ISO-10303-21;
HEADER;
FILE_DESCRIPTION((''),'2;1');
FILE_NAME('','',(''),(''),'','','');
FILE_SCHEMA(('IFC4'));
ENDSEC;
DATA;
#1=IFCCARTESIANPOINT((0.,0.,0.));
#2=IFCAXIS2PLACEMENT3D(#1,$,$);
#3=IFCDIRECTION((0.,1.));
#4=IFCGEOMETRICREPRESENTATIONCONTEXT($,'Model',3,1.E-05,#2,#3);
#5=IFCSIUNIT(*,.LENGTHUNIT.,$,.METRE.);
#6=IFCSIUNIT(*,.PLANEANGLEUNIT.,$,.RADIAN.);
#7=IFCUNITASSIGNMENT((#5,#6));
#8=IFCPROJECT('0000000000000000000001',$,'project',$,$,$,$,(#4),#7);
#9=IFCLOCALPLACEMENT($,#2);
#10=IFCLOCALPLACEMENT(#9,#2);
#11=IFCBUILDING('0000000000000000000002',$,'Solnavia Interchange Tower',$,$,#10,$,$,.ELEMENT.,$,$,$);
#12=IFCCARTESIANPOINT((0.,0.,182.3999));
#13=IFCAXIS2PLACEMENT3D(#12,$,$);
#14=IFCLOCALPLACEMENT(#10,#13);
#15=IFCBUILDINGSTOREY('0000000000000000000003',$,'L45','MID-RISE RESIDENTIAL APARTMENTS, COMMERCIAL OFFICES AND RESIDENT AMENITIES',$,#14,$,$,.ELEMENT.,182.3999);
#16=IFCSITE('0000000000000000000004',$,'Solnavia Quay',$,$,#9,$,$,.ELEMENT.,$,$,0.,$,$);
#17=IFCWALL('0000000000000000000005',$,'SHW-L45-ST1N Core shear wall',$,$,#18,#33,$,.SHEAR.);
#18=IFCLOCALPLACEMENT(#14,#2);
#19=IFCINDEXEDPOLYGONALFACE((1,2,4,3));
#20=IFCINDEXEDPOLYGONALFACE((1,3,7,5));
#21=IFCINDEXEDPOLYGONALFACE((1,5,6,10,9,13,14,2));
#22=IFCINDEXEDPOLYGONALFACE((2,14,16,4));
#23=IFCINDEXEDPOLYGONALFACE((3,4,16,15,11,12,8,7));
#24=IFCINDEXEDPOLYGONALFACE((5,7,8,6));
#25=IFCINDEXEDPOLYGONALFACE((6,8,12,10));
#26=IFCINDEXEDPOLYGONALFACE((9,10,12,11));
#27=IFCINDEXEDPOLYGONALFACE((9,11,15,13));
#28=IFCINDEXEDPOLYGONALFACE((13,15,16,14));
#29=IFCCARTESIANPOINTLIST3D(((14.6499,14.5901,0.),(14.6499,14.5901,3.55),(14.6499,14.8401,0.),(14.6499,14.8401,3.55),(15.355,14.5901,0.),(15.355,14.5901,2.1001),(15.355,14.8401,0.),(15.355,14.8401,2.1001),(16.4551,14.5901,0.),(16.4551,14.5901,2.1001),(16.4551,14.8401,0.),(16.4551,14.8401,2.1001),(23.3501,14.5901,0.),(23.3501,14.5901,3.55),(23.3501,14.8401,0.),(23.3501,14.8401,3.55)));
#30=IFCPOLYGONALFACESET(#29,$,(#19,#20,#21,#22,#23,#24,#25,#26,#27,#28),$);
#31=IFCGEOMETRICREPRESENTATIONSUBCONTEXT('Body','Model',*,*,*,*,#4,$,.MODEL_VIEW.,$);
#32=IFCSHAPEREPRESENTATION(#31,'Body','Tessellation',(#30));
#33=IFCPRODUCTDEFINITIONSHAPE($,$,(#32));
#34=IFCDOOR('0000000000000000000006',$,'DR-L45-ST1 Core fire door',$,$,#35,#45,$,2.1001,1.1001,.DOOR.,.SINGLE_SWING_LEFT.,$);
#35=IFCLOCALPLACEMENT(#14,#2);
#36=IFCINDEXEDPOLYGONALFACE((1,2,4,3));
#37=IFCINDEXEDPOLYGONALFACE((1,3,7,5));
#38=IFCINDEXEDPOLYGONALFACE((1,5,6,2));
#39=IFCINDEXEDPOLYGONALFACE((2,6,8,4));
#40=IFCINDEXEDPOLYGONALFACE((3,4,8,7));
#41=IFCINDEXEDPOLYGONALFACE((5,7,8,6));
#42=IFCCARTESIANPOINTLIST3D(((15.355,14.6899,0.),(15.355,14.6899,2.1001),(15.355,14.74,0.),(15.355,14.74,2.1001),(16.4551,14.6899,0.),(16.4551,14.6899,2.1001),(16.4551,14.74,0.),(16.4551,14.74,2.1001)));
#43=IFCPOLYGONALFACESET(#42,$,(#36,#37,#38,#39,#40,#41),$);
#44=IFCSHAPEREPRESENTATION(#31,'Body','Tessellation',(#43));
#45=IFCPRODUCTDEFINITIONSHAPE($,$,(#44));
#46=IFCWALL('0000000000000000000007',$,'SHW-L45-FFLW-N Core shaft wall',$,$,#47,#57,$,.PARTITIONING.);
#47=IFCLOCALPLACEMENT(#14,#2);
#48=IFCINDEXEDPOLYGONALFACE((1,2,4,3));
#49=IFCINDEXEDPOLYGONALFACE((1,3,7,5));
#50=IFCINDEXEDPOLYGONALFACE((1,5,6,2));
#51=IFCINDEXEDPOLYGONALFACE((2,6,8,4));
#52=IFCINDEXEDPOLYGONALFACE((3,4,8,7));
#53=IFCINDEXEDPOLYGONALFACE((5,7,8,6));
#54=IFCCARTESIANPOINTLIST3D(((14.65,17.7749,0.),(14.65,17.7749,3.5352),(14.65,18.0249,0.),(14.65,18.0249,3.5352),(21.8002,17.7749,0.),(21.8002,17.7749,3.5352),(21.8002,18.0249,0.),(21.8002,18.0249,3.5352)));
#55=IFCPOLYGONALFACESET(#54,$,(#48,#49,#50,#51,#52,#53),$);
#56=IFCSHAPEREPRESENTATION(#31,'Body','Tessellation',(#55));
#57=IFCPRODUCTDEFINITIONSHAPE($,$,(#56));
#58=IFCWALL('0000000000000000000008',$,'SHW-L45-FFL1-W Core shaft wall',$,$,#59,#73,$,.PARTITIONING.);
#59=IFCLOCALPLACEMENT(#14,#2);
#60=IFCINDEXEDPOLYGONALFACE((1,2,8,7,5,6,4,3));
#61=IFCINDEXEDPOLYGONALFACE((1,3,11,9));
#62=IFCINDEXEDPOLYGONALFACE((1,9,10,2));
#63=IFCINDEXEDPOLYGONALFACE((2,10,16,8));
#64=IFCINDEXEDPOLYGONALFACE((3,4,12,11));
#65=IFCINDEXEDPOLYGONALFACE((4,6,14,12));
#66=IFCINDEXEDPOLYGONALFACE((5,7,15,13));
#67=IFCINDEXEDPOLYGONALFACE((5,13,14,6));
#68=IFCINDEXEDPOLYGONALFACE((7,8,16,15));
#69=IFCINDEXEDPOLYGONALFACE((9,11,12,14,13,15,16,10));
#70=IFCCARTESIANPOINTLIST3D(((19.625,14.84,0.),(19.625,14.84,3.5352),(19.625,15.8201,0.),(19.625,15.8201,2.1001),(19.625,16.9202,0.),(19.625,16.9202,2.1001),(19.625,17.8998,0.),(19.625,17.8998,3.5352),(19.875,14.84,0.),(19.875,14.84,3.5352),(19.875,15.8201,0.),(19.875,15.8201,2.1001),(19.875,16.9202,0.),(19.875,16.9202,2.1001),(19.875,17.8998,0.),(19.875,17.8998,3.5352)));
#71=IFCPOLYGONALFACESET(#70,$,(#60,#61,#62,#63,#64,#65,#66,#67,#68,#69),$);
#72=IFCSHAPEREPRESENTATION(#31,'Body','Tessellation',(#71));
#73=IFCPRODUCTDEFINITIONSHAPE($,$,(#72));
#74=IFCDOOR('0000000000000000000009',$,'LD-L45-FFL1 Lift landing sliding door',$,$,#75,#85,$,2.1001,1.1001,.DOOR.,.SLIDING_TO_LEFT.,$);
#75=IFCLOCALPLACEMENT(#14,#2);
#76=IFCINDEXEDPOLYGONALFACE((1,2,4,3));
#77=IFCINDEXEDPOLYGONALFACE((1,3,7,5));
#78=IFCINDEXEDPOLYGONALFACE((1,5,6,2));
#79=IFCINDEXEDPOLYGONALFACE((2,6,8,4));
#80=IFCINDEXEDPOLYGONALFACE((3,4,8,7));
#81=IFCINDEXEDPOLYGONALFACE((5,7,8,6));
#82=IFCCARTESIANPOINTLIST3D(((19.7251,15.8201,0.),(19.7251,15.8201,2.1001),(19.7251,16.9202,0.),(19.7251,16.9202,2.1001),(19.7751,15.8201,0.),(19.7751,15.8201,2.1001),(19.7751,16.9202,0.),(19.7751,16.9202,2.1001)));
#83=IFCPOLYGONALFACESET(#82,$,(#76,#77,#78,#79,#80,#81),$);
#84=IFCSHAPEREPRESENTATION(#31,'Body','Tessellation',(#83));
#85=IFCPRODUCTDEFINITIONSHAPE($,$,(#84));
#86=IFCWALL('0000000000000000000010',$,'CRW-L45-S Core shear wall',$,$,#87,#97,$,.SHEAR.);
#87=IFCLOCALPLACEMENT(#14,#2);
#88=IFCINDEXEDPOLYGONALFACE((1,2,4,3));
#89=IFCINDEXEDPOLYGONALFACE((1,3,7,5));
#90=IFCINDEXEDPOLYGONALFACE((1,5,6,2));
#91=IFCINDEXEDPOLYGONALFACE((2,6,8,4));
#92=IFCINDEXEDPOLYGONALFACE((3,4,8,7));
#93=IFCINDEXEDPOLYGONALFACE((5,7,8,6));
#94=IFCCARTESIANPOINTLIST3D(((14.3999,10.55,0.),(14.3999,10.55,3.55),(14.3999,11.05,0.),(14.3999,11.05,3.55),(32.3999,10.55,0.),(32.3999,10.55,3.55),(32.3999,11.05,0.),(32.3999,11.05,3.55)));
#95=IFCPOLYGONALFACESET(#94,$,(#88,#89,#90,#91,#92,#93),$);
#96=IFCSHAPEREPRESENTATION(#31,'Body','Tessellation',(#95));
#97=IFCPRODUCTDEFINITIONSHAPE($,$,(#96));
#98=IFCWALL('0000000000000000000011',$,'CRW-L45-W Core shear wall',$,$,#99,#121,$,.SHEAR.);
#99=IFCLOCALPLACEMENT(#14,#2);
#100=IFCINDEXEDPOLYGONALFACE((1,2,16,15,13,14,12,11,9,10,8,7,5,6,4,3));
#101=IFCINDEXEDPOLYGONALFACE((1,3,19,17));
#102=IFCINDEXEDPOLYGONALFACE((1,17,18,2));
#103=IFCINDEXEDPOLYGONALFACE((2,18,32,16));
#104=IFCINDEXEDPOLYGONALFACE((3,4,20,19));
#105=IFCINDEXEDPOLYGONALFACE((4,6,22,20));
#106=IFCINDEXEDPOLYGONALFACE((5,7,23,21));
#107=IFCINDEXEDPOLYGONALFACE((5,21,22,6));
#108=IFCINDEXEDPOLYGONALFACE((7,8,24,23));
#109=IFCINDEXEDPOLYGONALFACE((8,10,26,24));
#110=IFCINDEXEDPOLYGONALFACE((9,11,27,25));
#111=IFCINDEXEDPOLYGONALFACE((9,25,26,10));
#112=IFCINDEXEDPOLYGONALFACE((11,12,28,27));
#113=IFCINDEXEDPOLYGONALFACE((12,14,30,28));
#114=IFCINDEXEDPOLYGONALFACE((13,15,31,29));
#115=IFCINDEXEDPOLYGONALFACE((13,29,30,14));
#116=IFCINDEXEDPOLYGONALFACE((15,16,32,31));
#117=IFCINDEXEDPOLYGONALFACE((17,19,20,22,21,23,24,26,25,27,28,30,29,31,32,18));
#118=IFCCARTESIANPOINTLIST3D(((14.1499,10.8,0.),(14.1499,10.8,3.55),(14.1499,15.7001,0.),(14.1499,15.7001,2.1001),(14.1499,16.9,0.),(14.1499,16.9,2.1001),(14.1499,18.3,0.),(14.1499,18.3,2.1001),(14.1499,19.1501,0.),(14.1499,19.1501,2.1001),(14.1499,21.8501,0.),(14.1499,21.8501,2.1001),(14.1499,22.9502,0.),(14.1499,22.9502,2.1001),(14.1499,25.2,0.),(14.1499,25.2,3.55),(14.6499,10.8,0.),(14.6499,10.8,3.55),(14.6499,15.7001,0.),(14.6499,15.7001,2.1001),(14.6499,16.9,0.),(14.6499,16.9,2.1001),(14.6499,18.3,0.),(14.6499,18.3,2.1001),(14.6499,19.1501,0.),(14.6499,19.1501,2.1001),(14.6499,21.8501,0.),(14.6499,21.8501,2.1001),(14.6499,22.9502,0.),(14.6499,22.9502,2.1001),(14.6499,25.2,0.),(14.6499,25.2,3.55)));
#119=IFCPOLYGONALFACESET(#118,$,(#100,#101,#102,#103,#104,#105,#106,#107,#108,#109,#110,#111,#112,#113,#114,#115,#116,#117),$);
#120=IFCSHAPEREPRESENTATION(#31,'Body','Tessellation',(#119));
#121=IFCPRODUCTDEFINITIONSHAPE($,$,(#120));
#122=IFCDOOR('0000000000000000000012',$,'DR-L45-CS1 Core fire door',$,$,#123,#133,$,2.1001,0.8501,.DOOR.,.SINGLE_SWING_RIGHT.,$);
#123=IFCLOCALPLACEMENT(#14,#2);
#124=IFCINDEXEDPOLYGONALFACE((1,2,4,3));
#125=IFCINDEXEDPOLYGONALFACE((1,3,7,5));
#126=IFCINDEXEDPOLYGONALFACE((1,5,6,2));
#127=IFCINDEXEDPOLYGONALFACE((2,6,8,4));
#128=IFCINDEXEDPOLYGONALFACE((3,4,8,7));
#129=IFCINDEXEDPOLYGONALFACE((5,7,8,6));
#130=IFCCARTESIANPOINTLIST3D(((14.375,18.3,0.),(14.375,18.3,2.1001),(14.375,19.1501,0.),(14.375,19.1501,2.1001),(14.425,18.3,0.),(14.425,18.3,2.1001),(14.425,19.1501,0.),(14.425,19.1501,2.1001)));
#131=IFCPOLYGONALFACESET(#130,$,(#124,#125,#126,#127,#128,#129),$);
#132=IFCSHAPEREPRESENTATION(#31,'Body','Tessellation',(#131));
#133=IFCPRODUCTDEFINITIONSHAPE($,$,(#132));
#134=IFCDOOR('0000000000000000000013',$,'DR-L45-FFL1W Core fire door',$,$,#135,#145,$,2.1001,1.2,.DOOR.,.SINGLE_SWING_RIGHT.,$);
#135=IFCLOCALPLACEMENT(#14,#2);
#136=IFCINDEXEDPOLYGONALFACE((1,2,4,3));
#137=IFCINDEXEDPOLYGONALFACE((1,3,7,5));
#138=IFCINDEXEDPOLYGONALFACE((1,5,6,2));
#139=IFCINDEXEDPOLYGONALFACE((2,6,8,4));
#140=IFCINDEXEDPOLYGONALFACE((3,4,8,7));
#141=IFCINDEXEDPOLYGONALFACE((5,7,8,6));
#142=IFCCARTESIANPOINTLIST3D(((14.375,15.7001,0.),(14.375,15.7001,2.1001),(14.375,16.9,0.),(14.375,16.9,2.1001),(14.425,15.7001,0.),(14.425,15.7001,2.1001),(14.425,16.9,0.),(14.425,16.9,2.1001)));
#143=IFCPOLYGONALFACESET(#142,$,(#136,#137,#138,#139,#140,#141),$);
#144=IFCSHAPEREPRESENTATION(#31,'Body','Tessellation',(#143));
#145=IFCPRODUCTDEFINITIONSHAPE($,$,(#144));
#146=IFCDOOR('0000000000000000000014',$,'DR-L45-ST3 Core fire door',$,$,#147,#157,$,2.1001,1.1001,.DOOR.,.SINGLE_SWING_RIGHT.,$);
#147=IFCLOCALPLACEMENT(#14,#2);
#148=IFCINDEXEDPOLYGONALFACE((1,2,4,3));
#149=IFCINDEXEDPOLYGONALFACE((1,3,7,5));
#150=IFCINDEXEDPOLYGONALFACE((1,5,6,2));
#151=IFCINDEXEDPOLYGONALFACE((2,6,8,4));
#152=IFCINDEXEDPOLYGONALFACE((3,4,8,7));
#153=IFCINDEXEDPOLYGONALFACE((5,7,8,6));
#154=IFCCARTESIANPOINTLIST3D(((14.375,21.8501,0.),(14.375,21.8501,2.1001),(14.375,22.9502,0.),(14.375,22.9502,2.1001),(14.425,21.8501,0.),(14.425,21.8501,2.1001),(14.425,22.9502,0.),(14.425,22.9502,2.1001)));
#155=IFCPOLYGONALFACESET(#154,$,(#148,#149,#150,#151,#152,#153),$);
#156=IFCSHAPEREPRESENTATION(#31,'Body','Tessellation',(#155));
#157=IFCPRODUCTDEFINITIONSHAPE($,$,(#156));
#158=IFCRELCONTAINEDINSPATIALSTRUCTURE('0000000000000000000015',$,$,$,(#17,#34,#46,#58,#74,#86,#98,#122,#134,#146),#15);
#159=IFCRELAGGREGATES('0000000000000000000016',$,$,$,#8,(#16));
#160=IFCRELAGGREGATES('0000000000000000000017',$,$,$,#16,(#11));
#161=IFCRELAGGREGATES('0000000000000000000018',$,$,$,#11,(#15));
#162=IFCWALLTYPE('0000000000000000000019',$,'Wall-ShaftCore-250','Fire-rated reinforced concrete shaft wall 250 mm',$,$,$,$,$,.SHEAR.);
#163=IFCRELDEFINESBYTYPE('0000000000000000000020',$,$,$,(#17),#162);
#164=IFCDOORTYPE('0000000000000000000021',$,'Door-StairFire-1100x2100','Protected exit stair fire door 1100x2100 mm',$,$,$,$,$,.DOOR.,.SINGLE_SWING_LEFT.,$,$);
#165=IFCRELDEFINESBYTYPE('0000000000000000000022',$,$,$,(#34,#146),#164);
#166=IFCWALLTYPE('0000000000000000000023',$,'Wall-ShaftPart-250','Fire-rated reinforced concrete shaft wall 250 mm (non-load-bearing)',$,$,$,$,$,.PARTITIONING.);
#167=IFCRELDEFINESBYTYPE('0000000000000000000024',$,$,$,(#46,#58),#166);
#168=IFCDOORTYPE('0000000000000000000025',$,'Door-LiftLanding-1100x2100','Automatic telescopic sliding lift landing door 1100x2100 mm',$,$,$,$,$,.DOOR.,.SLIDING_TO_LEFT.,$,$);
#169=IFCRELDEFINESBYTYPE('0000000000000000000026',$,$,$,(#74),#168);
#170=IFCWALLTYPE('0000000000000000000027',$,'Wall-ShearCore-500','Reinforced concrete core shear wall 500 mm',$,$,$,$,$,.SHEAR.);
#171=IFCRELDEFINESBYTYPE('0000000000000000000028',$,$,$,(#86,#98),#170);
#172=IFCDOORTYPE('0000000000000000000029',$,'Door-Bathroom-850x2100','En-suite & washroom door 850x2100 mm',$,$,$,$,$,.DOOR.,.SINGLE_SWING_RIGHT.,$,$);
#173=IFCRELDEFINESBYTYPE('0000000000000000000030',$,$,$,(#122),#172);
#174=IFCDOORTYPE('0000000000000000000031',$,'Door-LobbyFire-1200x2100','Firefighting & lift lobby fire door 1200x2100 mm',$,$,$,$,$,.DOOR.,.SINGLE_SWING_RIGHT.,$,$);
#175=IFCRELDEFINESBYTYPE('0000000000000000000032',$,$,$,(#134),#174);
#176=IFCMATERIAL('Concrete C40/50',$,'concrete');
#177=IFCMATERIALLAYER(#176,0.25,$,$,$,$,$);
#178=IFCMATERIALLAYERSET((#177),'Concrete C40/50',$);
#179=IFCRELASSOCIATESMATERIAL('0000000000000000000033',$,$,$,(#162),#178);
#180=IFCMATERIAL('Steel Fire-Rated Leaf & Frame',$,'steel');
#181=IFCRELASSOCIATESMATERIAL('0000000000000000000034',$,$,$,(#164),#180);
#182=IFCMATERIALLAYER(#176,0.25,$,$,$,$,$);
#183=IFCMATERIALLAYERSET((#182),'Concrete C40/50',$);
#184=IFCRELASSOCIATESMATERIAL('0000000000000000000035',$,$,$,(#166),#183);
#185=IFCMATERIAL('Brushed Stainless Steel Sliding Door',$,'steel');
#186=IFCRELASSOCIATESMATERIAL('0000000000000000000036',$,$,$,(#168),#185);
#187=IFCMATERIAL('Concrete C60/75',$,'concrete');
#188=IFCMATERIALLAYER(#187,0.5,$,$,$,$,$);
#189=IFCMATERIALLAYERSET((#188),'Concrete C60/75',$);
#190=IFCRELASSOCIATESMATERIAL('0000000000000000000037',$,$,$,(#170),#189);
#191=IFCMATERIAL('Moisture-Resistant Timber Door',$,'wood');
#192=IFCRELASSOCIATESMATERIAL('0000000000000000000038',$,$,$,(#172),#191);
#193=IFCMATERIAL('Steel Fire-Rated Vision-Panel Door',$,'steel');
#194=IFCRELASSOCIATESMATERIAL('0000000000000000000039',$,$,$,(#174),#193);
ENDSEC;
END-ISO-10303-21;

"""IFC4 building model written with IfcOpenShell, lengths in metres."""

from ifc_helpers import new_model, si_unit, direction, frame, frame_2d, origin, place, context, subcontext, project, spatial, rectangle, extrude, material, layer, layer_set, type_object, element, fill, save


model = new_model("IFC4")

# Units and contexts
model_context = context("Model", 3, precision=1e-05, world=origin(), true_north=direction((0.0, 1.0)))
body_context = subcontext(model_context, "Body", "Model", "MODEL_VIEW")
ifc_project = project(units=[si_unit("LENGTHUNIT", "METRE"), si_unit("PLANEANGLEUNIT", "RADIAN")], contexts=[model_context])

# Site, building, storey
site_placement = place(None, origin())
site = spatial("IfcSite", under=ifc_project, at=site_placement, Name="Solnavia Quay", CompositionType="ELEMENT", RefElevation=0.0)
building_placement = place(site_placement, origin())
building = spatial("IfcBuilding", under=site, at=building_placement, Name="Solnavia Interchange Tower", CompositionType="ELEMENT")
storey_placement = place(building_placement, frame((0.0, 0.0, 182.3999)))
storey = spatial("IfcBuildingStorey", under=building, at=storey_placement, Name="L45", Description="MID-RISE RESIDENTIAL APARTMENTS, COMMERCIAL OFFICES AND RESIDENT AMENITIES", CompositionType="ELEMENT", Elevation=182.3999)

# Shared definitions
ifc_material_1 = material(Name="Concrete C40/50", Category="concrete")
ifc_layer_1 = layer(ifc_material_1, 0.25)
ifc_layer_set_1 = layer_set([ifc_layer_1], Name="Concrete C40/50")
wall_type_1 = type_object("IfcWallType", Name="Wall-ShaftCore-250", Description="Fire-rated reinforced concrete shaft wall 250 mm", PredefinedType="SHEAR", material=ifc_layer_set_1)

# Wall, opening, door
wall_1_placement = place(storey_placement, frame((14.6499, 14.7151, 0.0), z_axis=(0.0, 0.0, 1.0), x_axis=(1.0, 0.0, 0.0)))
wall_1 = element("IfcWall", 1, at=wall_1_placement, inside=storey, type_object=wall_type_1, Name="SHW-L45-ST1N Core shear wall", PredefinedType="SHEAR", context=body_context, shape_type="SweptSolid", body=[
    extrude(rectangle(XDim=8.7002, YDim=0.25, at=frame_2d((4.3501, 0.0))), origin(), (0.0, 0.0, 1.0), 3.55),
])
opening_1_placement = place(wall_1_placement, frame((0.7051, 0.0, 0.0)))
opening_1 = element("IfcOpeningElement", 2, at=opening_1_placement, cuts=wall_1, PredefinedType="OPENING", context=body_context, shape_type="SweptSolid", body=[
    extrude(rectangle(XDim=1.1001, YDim=2.1001, at=frame_2d((0.55, 1.05))), frame((0.0, 0.135, 0.0), z_axis=(0.0, -1.0, 0.0), x_axis=(1.0, 0.0, 0.0)), (0.0, 0.0, 1.0), 0.27),
])
ifc_material_2 = material(Name="Steel Fire-Rated Leaf & Frame", Category="steel")
door_type_1 = type_object("IfcDoorType", Name="Door-StairFire-1100x2100", Description="Protected exit stair fire door 1100x2100 mm", OperationType="SINGLE_SWING_LEFT", PredefinedType="DOOR", material=ifc_material_2)
door_1_placement = place(opening_1_placement, origin())
door_1 = element("IfcDoor", 3, at=door_1_placement, inside=storey, type_object=door_type_1, Name="DR-L45-ST1 Core fire door", OperationType="SINGLE_SWING_LEFT", OverallHeight=2.1001, OverallWidth=1.1001, PredefinedType="DOOR", context=body_context, shape_type="SweptSolid", body=[
    extrude(rectangle(XDim=1.1001, YDim=2.1001, at=frame_2d((0.55, 1.05))), frame((0.0, 0.0249, 0.0), z_axis=(0.0, -1.0, 0.0), x_axis=(1.0, 0.0, 0.0)), (0.0, 0.0, 1.0), 0.05),
])
fill(opening_1, door_1)

# Wall
ifc_layer_2 = layer(ifc_material_1, 0.25)
ifc_layer_set_2 = layer_set([ifc_layer_2], Name="Concrete C40/50")
wall_type_2 = type_object("IfcWallType", Name="Wall-ShaftPart-250", Description="Fire-rated reinforced concrete shaft wall 250 mm (non-load-bearing)", PredefinedType="PARTITIONING", material=ifc_layer_set_2)
wall_2_placement = place(storey_placement, frame((14.6499, 17.8999, 0.0), z_axis=(0.0, 0.0, 1.0), x_axis=(1.0, 0.0, 0.0)))
element("IfcWall", 4, at=wall_2_placement, inside=storey, type_object=wall_type_2, Name="SHW-L45-FFLW-N Core shaft wall", PredefinedType="PARTITIONING", context=body_context, shape_type="SweptSolid", body=[
    extrude(rectangle(XDim=7.1501, YDim=0.25, at=frame_2d((3.5752, 0.0))), origin(), (0.0, 0.0, 1.0), 3.5352),
])

# Wall, opening, door
wall_3_placement = place(storey_placement, frame((19.75, 14.8401, 0.0), z_axis=(0.0, 0.0, 1.0), x_axis=(0.0, 1.0, 0.0)))
wall_3 = element("IfcWall", 5, at=wall_3_placement, inside=storey, type_object=wall_type_2, Name="SHW-L45-FFL1-W Core shaft wall", PredefinedType="PARTITIONING", context=body_context, shape_type="SweptSolid", body=[
    extrude(rectangle(XDim=3.0598, YDim=0.25, at=frame_2d((1.5298, 0.0))), origin(), (0.0, 0.0, 1.0), 3.5352),
])
opening_2_placement = place(wall_3_placement, frame((0.98, 0.0, 0.0)))
opening_2 = element("IfcOpeningElement", 6, at=opening_2_placement, cuts=wall_3, PredefinedType="OPENING", context=body_context, shape_type="SweptSolid", body=[
    extrude(rectangle(XDim=1.1001, YDim=2.1001, at=frame_2d((0.55, 1.05))), frame((0.0, 0.135, 0.0), z_axis=(0.0, -1.0, 0.0), x_axis=(1.0, 0.0, 0.0)), (0.0, 0.0, 1.0), 0.27),
])
ifc_material_3 = material(Name="Brushed Stainless Steel Sliding Door", Category="steel")
door_type_2 = type_object("IfcDoorType", Name="Door-LiftLanding-1100x2100", Description="Automatic telescopic sliding lift landing door 1100x2100 mm", OperationType="SLIDING_TO_LEFT", PredefinedType="DOOR", material=ifc_material_3)
door_2_placement = place(opening_2_placement, origin())
door_2 = element("IfcDoor", 7, at=door_2_placement, inside=storey, type_object=door_type_2, Name="LD-L45-FFL1 Lift landing sliding door", OperationType="SLIDING_TO_LEFT", OverallHeight=2.1001, OverallWidth=1.1001, PredefinedType="DOOR", context=body_context, shape_type="SweptSolid", body=[
    extrude(rectangle(XDim=1.1001, YDim=2.1001, at=frame_2d((0.55, 1.05))), frame((0.0, 0.0249, 0.0), z_axis=(0.0, -1.0, 0.0), x_axis=(1.0, 0.0, 0.0)), (0.0, 0.0, 1.0), 0.05),
])
fill(opening_2, door_2)

# Wall
ifc_material_4 = material(Name="Concrete C60/75", Category="concrete")
ifc_layer_3 = layer(ifc_material_4, 0.5)
ifc_layer_set_3 = layer_set([ifc_layer_3], Name="Concrete C60/75")
wall_type_3 = type_object("IfcWallType", Name="Wall-ShearCore-500", Description="Reinforced concrete core shear wall 500 mm", PredefinedType="SHEAR", material=ifc_layer_set_3)
wall_4_placement = place(storey_placement, frame((14.3999, 10.8, 0.0), z_axis=(0.0, 0.0, 1.0), x_axis=(1.0, 0.0, 0.0)))
element("IfcWall", 8, at=wall_4_placement, inside=storey, type_object=wall_type_3, Name="CRW-L45-S Core shear wall", PredefinedType="SHEAR", context=body_context, shape_type="SweptSolid", body=[
    extrude(rectangle(XDim=18.0, YDim=0.5, at=frame_2d((9.0, 0.0))), origin(), (0.0, 0.0, 1.0), 3.55),
])

# Wall, openings, doors
wall_5_placement = place(storey_placement, frame((14.3999, 10.8, 0.0), z_axis=(0.0, 0.0, 1.0), x_axis=(0.0, 1.0, 0.0)))
wall_5 = element("IfcWall", 9, at=wall_5_placement, inside=storey, type_object=wall_type_3, Name="CRW-L45-W Core shear wall", PredefinedType="SHEAR", context=body_context, shape_type="SweptSolid", body=[
    extrude(rectangle(XDim=14.3999, YDim=0.5, at=frame_2d((7.2, 0.0))), origin(), (0.0, 0.0, 1.0), 3.55),
])
opening_3_placement = place(wall_5_placement, frame((11.05, 0.0, 0.0)))
opening_3 = element("IfcOpeningElement", 10, at=opening_3_placement, cuts=wall_5, PredefinedType="OPENING", context=body_context, shape_type="SweptSolid", body=[
    extrude(rectangle(XDim=1.1001, YDim=2.1001, at=frame_2d((0.55, 1.05))), frame((0.0, 0.26, 0.0), z_axis=(0.0, -1.0, 0.0), x_axis=(1.0, 0.0, 0.0)), (0.0, 0.0, 1.0), 0.52),
])
opening_4_placement = place(wall_5_placement, frame((4.8999, 0.0, 0.0)))
opening_4 = element("IfcOpeningElement", 11, at=opening_4_placement, cuts=wall_5, PredefinedType="OPENING", context=body_context, shape_type="SweptSolid", body=[
    extrude(rectangle(XDim=1.2, YDim=2.1001, at=frame_2d((0.6001, 1.05))), frame((0.0, 0.26, 0.0), z_axis=(0.0, -1.0, 0.0), x_axis=(1.0, 0.0, 0.0)), (0.0, 0.0, 1.0), 0.52),
])
opening_5_placement = place(wall_5_placement, frame((7.5, 0.0, 0.0)))
opening_5 = element("IfcOpeningElement", 12, at=opening_5_placement, cuts=wall_5, PredefinedType="OPENING", context=body_context, shape_type="SweptSolid", body=[
    extrude(rectangle(XDim=0.8501, YDim=2.1001, at=frame_2d((0.425, 1.05))), frame((0.0, 0.26, 0.0), z_axis=(0.0, -1.0, 0.0), x_axis=(1.0, 0.0, 0.0)), (0.0, 0.0, 1.0), 0.52),
])
ifc_material_5 = material(Name="Moisture-Resistant Timber Door", Category="wood")
door_type_3 = type_object("IfcDoorType", Name="Door-Bathroom-850x2100", Description="En-suite & washroom door 850x2100 mm", OperationType="SINGLE_SWING_RIGHT", PredefinedType="DOOR", material=ifc_material_5)
door_3_placement = place(opening_5_placement, origin())
door_3 = element("IfcDoor", 13, at=door_3_placement, inside=storey, type_object=door_type_3, Name="DR-L45-CS1 Core fire door", OperationType="SINGLE_SWING_RIGHT", OverallHeight=2.1001, OverallWidth=0.8501, PredefinedType="DOOR", context=body_context, shape_type="SweptSolid", body=[
    extrude(rectangle(XDim=0.8501, YDim=2.1001, at=frame_2d((0.425, 1.05))), frame((0.0, 0.0249, 0.0), z_axis=(0.0, -1.0, 0.0), x_axis=(1.0, 0.0, 0.0)), (0.0, 0.0, 1.0), 0.05),
])
fill(opening_5, door_3)
ifc_material_6 = material(Name="Steel Fire-Rated Vision-Panel Door", Category="steel")
door_type_4 = type_object("IfcDoorType", Name="Door-LobbyFire-1200x2100", Description="Firefighting & lift lobby fire door 1200x2100 mm", OperationType="SINGLE_SWING_RIGHT", PredefinedType="DOOR", material=ifc_material_6)
door_4_placement = place(opening_4_placement, origin())
door_4 = element("IfcDoor", 14, at=door_4_placement, inside=storey, type_object=door_type_4, Name="DR-L45-FFL1W Core fire door", OperationType="SINGLE_SWING_RIGHT", OverallHeight=2.1001, OverallWidth=1.2, PredefinedType="DOOR", context=body_context, shape_type="SweptSolid", body=[
    extrude(rectangle(XDim=1.2, YDim=2.1001, at=frame_2d((0.6001, 1.05))), frame((0.0, 0.0249, 0.0), z_axis=(0.0, -1.0, 0.0), x_axis=(1.0, 0.0, 0.0)), (0.0, 0.0, 1.0), 0.05),
])
fill(opening_4, door_4)
door_5_placement = place(opening_3_placement, origin())
door_5 = element("IfcDoor", 15, at=door_5_placement, inside=storey, type_object=door_type_1, Name="DR-L45-ST3 Core fire door", OperationType="SINGLE_SWING_RIGHT", OverallHeight=2.1001, OverallWidth=1.1001, PredefinedType="DOOR", context=body_context, shape_type="SweptSolid", body=[
    extrude(rectangle(XDim=1.1001, YDim=2.1001, at=frame_2d((0.55, 1.05))), frame((0.0, 0.0249, 0.0), z_axis=(0.0, -1.0, 0.0), x_axis=(1.0, 0.0, 0.0)), (0.0, 0.0, 1.0), 0.05),
])
fill(opening_3, door_5)

save(model, "model.ifc")
